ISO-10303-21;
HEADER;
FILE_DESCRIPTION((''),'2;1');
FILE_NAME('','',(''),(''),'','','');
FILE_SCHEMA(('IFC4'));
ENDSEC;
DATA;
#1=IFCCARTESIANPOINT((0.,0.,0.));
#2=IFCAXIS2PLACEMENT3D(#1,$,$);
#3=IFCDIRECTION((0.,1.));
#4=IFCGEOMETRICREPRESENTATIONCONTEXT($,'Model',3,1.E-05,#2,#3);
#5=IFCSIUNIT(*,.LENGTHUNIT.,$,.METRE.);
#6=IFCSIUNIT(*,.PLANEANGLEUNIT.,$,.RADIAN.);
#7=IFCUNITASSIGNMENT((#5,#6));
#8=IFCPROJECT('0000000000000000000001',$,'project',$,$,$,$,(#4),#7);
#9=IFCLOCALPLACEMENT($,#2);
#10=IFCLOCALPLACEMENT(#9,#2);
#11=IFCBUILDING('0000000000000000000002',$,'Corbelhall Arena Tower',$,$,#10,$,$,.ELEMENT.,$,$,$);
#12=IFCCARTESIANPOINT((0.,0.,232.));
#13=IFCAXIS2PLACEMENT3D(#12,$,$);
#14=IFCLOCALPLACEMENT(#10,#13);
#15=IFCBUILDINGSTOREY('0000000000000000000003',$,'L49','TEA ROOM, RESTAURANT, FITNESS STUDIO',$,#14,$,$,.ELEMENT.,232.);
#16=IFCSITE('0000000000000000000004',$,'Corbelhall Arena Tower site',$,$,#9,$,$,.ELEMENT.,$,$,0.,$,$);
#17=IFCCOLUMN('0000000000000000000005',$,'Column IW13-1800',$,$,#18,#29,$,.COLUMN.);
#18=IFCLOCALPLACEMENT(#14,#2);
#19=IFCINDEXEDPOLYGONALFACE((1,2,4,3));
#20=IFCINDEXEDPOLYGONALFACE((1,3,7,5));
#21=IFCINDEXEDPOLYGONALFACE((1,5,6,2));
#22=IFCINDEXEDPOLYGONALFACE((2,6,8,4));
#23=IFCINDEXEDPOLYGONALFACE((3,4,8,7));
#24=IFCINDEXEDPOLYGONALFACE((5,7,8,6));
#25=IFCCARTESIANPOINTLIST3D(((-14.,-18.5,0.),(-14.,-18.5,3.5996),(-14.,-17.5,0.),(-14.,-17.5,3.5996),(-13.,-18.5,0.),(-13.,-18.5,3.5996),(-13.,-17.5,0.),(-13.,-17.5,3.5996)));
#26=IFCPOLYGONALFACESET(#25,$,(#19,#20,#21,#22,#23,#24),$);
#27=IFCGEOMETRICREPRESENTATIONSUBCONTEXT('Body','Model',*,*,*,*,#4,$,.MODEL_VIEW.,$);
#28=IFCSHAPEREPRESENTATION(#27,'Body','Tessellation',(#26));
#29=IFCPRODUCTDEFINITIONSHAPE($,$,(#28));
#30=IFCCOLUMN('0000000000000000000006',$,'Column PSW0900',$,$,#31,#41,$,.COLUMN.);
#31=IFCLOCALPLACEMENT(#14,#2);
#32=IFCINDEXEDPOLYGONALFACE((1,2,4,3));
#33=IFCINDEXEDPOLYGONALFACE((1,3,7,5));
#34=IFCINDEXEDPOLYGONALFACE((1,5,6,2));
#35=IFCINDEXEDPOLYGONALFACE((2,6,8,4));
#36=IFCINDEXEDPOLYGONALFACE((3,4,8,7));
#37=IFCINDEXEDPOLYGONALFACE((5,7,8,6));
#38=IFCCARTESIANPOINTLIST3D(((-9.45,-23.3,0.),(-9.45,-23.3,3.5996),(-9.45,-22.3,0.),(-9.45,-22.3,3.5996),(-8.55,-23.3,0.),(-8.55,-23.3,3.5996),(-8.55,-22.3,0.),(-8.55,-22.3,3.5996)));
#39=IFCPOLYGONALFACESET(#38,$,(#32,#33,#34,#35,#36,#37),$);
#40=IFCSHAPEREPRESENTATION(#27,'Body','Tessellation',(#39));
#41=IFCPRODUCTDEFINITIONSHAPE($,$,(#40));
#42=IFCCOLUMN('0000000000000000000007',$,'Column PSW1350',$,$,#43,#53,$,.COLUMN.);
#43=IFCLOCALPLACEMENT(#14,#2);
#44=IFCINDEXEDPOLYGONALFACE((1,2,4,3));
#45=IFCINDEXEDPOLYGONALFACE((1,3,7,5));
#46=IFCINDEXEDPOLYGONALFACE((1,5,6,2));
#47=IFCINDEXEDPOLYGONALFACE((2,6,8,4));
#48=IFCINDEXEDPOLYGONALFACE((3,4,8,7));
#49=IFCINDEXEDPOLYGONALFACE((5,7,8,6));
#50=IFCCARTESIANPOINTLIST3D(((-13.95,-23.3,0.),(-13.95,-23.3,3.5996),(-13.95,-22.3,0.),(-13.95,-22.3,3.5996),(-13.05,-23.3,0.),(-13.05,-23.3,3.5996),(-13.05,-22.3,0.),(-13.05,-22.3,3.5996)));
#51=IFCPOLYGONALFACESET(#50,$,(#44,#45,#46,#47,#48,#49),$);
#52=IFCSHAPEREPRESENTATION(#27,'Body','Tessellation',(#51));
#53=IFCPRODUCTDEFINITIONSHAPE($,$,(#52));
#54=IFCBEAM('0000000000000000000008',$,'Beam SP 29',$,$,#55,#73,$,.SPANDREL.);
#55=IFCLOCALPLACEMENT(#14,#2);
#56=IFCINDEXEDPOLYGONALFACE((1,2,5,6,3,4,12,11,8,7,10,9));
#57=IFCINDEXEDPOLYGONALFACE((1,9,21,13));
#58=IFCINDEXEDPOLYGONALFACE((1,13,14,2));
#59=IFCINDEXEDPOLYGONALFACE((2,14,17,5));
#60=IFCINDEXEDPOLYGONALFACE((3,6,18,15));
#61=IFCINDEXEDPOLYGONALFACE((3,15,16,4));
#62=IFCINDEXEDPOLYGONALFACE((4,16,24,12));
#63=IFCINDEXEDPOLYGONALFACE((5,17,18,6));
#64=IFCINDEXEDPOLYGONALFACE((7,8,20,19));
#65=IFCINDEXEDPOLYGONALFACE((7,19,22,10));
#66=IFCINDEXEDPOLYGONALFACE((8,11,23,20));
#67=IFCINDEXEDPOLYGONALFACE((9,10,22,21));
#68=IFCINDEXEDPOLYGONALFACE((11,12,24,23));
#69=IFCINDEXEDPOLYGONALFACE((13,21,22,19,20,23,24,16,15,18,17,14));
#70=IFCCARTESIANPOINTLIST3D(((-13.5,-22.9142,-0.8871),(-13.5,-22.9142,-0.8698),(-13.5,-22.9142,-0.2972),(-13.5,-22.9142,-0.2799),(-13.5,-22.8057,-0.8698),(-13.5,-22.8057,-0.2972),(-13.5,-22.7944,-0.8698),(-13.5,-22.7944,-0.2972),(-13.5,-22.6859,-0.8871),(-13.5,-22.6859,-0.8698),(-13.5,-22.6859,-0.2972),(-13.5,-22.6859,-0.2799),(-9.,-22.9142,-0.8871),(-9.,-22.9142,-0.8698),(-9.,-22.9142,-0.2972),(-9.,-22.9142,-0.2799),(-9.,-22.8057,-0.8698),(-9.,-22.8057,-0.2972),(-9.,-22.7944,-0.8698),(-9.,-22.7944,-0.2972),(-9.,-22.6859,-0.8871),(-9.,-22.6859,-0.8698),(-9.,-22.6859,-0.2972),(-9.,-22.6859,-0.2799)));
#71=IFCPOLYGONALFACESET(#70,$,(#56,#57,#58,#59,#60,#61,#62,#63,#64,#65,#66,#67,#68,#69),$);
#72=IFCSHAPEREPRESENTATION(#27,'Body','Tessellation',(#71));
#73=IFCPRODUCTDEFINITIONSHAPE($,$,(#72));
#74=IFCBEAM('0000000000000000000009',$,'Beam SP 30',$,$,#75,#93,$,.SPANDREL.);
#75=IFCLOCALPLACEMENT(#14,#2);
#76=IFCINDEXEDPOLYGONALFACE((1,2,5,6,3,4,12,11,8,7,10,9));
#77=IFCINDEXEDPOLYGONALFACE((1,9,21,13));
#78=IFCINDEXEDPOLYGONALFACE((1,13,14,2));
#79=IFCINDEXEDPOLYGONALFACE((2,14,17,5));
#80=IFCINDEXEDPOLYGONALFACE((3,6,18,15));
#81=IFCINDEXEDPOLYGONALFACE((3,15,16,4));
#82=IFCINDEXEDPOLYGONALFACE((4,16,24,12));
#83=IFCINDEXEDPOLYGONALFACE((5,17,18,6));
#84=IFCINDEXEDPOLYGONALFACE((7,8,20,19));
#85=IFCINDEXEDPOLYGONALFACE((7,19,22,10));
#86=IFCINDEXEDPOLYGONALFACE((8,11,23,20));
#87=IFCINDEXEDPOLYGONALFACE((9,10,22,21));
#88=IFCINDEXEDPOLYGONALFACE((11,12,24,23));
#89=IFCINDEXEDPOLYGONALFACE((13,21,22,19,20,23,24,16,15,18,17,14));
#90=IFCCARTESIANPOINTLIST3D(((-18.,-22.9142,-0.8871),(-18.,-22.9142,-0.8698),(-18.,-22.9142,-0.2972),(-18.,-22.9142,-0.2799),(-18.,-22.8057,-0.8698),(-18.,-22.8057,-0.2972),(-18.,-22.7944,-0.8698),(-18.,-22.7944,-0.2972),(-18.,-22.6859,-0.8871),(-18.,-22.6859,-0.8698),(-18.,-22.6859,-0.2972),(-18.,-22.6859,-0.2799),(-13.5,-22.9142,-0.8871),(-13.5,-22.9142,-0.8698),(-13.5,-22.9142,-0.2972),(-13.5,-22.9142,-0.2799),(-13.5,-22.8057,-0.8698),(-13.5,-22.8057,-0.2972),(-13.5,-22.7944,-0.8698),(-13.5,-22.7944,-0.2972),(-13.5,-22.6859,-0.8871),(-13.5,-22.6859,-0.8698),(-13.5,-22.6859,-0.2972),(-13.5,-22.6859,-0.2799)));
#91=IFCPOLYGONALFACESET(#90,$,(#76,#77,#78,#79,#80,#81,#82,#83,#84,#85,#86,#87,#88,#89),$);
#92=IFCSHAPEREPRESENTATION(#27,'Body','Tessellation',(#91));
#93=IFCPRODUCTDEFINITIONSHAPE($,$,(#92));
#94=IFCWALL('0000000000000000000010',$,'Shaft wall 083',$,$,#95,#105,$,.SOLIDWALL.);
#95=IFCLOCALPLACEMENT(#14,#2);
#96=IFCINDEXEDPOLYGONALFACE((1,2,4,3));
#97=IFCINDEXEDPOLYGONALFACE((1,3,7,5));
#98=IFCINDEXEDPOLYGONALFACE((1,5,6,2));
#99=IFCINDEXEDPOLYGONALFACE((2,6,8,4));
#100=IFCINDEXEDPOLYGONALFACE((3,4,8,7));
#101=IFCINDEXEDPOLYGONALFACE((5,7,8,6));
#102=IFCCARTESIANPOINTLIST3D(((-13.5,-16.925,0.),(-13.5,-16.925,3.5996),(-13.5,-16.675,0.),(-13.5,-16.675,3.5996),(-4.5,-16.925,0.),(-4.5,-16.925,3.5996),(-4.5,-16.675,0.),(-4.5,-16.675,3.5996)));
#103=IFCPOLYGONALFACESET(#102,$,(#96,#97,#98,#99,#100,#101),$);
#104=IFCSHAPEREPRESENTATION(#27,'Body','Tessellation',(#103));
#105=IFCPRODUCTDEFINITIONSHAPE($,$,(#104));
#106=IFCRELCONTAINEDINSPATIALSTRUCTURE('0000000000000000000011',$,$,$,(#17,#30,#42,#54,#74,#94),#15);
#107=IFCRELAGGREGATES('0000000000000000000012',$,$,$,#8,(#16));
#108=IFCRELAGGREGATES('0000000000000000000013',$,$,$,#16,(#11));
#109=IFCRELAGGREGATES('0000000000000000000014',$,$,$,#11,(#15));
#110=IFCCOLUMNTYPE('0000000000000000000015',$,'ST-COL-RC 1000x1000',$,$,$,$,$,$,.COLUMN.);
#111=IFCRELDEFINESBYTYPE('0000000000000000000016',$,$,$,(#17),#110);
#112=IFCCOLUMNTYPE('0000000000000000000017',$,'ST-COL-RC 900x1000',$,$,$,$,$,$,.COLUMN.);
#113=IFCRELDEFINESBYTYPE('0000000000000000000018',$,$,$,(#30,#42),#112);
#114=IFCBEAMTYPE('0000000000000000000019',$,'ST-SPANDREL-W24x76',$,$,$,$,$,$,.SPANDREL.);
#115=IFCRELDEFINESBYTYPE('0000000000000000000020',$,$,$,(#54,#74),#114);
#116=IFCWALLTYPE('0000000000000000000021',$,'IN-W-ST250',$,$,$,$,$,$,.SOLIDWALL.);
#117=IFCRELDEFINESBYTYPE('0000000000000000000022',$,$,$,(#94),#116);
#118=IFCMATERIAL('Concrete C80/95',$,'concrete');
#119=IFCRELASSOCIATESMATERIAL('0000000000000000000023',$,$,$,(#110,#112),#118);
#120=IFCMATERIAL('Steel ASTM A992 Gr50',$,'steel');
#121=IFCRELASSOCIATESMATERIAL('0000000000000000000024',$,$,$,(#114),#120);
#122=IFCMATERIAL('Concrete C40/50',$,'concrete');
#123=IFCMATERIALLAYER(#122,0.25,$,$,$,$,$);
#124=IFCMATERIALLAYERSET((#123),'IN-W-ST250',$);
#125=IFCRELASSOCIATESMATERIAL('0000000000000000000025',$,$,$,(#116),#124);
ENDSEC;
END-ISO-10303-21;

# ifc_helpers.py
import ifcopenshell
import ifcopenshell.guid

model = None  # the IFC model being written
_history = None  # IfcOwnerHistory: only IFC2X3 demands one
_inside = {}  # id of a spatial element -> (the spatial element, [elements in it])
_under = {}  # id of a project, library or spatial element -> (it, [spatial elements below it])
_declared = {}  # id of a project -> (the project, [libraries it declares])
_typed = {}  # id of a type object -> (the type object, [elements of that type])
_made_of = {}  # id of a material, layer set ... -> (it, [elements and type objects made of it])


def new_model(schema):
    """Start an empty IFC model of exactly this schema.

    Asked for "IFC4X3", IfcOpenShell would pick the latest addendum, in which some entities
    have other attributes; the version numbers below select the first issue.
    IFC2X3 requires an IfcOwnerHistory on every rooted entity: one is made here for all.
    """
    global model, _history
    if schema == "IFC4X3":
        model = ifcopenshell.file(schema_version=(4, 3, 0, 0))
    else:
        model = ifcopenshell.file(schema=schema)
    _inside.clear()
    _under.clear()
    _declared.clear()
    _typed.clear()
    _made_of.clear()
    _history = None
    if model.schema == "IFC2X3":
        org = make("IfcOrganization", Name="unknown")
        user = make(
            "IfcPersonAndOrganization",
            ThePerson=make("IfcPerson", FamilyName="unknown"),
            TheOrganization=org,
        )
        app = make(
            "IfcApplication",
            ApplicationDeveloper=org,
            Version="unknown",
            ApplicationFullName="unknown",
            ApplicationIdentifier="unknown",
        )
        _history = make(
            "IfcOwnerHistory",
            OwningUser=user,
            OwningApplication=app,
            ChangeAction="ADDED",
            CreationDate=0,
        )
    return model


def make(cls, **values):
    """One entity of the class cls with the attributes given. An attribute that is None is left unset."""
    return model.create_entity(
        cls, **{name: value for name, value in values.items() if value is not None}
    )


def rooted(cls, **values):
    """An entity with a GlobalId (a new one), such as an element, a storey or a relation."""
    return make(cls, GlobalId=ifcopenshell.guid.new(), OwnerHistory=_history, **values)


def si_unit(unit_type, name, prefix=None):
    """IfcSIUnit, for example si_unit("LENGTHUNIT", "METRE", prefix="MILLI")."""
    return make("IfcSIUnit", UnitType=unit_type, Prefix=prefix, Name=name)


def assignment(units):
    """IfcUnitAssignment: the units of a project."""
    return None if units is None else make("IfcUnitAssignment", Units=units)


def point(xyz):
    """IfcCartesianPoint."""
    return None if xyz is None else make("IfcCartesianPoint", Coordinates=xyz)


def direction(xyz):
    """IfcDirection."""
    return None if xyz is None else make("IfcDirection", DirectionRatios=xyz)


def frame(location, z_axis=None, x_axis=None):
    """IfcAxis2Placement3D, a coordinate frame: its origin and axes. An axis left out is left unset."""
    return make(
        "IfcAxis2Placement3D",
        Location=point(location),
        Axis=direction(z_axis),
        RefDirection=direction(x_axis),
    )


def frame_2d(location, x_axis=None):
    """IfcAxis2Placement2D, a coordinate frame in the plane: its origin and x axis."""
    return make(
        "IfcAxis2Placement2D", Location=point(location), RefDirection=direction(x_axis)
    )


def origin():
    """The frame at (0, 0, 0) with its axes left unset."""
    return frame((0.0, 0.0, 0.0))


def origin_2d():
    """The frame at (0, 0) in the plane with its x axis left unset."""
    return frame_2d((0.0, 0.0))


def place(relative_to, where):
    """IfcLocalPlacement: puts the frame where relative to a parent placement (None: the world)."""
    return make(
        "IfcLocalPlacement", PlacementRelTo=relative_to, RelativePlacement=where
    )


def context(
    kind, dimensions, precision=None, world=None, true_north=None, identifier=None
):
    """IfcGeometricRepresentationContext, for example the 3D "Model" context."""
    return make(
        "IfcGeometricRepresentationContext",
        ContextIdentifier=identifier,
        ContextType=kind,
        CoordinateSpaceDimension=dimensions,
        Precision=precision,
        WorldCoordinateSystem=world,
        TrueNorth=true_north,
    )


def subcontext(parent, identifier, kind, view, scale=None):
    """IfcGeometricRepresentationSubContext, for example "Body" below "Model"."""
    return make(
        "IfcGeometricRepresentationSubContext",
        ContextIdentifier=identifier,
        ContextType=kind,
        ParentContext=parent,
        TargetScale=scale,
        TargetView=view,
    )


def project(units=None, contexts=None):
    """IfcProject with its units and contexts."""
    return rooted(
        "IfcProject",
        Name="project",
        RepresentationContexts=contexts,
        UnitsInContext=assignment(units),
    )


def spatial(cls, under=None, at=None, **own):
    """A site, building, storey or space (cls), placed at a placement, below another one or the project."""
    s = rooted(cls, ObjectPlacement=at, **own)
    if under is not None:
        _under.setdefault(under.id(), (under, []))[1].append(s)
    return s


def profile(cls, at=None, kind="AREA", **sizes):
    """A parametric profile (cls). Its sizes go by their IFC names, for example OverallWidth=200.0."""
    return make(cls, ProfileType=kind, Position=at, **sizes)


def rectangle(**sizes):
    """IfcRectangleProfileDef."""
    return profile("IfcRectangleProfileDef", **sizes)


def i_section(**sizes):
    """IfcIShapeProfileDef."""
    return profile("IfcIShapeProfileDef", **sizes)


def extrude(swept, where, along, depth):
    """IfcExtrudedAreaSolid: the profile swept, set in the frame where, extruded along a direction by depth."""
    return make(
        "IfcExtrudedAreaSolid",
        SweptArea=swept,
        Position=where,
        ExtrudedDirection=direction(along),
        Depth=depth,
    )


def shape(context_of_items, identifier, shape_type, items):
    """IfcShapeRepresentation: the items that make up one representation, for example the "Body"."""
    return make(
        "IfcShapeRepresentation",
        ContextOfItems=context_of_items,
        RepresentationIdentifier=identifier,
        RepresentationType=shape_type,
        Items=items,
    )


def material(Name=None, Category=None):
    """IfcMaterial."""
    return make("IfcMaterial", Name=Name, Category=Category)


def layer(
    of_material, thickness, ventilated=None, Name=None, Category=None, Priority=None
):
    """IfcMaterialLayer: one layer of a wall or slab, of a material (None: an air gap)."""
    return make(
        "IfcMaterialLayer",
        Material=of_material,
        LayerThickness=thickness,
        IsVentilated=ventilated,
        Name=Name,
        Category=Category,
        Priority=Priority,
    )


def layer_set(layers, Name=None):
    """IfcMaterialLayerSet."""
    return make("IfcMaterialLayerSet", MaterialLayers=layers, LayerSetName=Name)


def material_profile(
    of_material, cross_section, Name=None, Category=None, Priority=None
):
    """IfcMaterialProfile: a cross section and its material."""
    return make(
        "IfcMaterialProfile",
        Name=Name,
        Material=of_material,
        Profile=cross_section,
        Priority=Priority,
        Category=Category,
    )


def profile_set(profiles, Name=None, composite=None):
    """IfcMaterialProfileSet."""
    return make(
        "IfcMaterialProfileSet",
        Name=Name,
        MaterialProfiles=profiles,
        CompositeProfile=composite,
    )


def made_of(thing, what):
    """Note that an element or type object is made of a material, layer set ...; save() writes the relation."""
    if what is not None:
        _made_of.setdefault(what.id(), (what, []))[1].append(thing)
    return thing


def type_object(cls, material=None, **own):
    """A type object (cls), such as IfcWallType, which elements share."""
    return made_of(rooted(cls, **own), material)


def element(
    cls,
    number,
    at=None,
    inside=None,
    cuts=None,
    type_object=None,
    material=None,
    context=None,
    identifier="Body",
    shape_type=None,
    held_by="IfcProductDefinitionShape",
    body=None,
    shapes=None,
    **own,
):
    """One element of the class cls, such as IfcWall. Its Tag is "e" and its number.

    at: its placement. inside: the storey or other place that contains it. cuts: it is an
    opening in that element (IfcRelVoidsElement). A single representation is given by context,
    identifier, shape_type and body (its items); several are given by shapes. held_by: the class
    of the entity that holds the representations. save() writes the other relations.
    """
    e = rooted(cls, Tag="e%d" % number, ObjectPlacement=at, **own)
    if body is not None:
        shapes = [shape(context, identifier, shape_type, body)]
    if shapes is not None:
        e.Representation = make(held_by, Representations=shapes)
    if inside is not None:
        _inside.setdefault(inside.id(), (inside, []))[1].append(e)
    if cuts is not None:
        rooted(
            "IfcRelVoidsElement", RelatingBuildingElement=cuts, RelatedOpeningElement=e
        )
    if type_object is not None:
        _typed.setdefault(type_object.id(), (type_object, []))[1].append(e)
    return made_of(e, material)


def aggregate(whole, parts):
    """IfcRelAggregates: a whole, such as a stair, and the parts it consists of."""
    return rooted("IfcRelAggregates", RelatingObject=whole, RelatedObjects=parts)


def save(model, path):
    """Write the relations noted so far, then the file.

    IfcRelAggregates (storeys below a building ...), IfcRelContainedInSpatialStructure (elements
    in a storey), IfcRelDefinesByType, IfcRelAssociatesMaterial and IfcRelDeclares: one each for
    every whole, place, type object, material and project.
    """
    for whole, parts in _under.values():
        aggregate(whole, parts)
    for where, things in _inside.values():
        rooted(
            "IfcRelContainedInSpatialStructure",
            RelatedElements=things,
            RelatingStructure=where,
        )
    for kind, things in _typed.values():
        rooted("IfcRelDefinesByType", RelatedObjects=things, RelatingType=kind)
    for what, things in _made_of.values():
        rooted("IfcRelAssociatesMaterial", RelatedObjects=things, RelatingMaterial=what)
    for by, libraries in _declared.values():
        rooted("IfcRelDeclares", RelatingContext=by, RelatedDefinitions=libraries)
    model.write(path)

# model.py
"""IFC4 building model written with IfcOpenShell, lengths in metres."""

from ifc_helpers import new_model, si_unit, direction, frame, frame_2d, origin, origin_2d, place, context, subcontext, project, spatial, rectangle, i_section, extrude, material, layer, layer_set, material_profile, profile_set, type_object, element, save


model = new_model("IFC4")

# Units and contexts
model_context = context("Model", 3, precision=1e-05, world=origin(), true_north=direction((0.0, 1.0)))
body_context = subcontext(model_context, "Body", "Model", "MODEL_VIEW")
ifc_project = project(units=[si_unit("LENGTHUNIT", "METRE"), si_unit("PLANEANGLEUNIT", "RADIAN")], contexts=[model_context])

# Site, building, storey
site_placement = place(None, origin())
site = spatial("IfcSite", under=ifc_project, at=site_placement, Name="Corbelhall Arena Tower site", CompositionType="ELEMENT", RefElevation=0.0)
building_placement = place(site_placement, origin())
building = spatial("IfcBuilding", under=site, at=building_placement, Name="Corbelhall Arena Tower", CompositionType="ELEMENT")
storey_placement = place(building_placement, frame((0.0, 0.0, 232.0)))
storey = spatial("IfcBuildingStorey", under=building, at=storey_placement, Name="L49", Description="TEA ROOM, RESTAURANT, FITNESS STUDIO", CompositionType="ELEMENT", Elevation=232.0)

# Columns
ifc_material_1 = material(Name="Concrete C80/95", Category="concrete")
ifc_material_profile_1 = material_profile(ifc_material_1, rectangle(XDim=1.0, YDim=1.0, at=origin_2d()))
ifc_profile_set_1 = profile_set([ifc_material_profile_1], Name="Concrete C80/95")
column_type_1 = type_object("IfcColumnType", Name="ST-COL-RC 1000x1000", PredefinedType="COLUMN", material=ifc_profile_set_1)
column_placement = place(storey_placement, frame((-13.5, -18.0, 0.0), z_axis=(0.0, 0.0, 1.0), x_axis=(1.0, 0.0, 0.0)))
element("IfcColumn", 1, at=column_placement, inside=storey, type_object=column_type_1, Name="Column IW13-1800", PredefinedType="COLUMN", context=body_context, shape_type="SweptSolid", body=[
    extrude(rectangle(XDim=1.0, YDim=1.0, at=origin_2d()), origin(), (0.0, 0.0, 1.0), 3.5996),
])
ifc_material_profile_2 = material_profile(ifc_material_1, rectangle(XDim=0.8999, YDim=1.0, at=origin_2d()))
ifc_profile_set_2 = profile_set([ifc_material_profile_2], Name="Concrete C80/95")
column_type_2 = type_object("IfcColumnType", Name="ST-COL-RC 900x1000", PredefinedType="COLUMN", material=ifc_profile_set_2)
for number, where, z_axis, x_axis, name in (
    (2, (-9.0, -22.8, 0.0), (0.0, 0.0, 1.0), (1.0, 0.0, 0.0), "Column PSW0900"),
    (3, (-13.5, -22.8, 0.0), (0.0, 0.0, 1.0), (1.0, 0.0, 0.0), "Column PSW1350"),
):
    element("IfcColumn", number, at=place(storey_placement, frame(where, z_axis=z_axis, x_axis=x_axis)), inside=storey, type_object=column_type_2, Name=name, PredefinedType="COLUMN", context=body_context, shape_type="SweptSolid", body=[
        extrude(rectangle(XDim=0.8999, YDim=1.0, at=origin_2d()), origin(), (0.0, 0.0, 1.0), 3.5996),
    ])

# Beams
ifc_material_2 = material(Name="Steel ASTM A992 Gr50", Category="steel")
ifc_material_profile_3 = material_profile(ifc_material_2, i_section(OverallWidth=0.2283, OverallDepth=0.6072, WebThickness=0.0112, FlangeThickness=0.0173, at=origin_2d()))
ifc_profile_set_3 = profile_set([ifc_material_profile_3], Name="Steel ASTM A992 Gr50")
beam_type = type_object("IfcBeamType", Name="ST-SPANDREL-W24x76", PredefinedType="SPANDREL", material=ifc_profile_set_3)
for number, where, z_axis, x_axis, name in (
    (4, (-9.0, -22.8, -0.5835), (-1.0, 0.0, 0.0), (0.0, -1.0, 0.0), "Beam SP 29"),
    (5, (-13.5, -22.8, -0.5835), (-1.0, 0.0, 0.0), (0.0, -1.0, 0.0), "Beam SP 30"),
):
    element("IfcBeam", number, at=place(storey_placement, frame(where, z_axis=z_axis, x_axis=x_axis)), inside=storey, type_object=beam_type, Name=name, PredefinedType="SPANDREL", context=body_context, shape_type="SweptSolid", body=[
        extrude(i_section(OverallWidth=0.2283, OverallDepth=0.6072, WebThickness=0.0112, FlangeThickness=0.0173, at=origin_2d()), origin(), (0.0, 0.0, 1.0), 4.5),
    ])

# Wall
ifc_material_3 = material(Name="Concrete C40/50", Category="concrete")
ifc_layer_1 = layer(ifc_material_3, 0.25)
ifc_layer_set_1 = layer_set([ifc_layer_1], Name="IN-W-ST250")
wall_type_1 = type_object("IfcWallType", Name="IN-W-ST250", PredefinedType="SOLIDWALL", material=ifc_layer_set_1)
wall_1_placement = place(storey_placement, frame((-4.5, -16.8, 0.0), z_axis=(0.0, 0.0, 1.0), x_axis=(-1.0, 0.0, 0.0)))
element("IfcWall", 6, at=wall_1_placement, inside=storey, type_object=wall_type_1, Name="Shaft wall 083", PredefinedType="SOLIDWALL", context=body_context, shape_type="SweptSolid", body=[
    extrude(rectangle(XDim=9.0, YDim=0.25, at=frame_2d((4.5, 0.0))), origin(), (0.0, 0.0, 1.0), 3.5996),
])

save(model, "model.ifc")
